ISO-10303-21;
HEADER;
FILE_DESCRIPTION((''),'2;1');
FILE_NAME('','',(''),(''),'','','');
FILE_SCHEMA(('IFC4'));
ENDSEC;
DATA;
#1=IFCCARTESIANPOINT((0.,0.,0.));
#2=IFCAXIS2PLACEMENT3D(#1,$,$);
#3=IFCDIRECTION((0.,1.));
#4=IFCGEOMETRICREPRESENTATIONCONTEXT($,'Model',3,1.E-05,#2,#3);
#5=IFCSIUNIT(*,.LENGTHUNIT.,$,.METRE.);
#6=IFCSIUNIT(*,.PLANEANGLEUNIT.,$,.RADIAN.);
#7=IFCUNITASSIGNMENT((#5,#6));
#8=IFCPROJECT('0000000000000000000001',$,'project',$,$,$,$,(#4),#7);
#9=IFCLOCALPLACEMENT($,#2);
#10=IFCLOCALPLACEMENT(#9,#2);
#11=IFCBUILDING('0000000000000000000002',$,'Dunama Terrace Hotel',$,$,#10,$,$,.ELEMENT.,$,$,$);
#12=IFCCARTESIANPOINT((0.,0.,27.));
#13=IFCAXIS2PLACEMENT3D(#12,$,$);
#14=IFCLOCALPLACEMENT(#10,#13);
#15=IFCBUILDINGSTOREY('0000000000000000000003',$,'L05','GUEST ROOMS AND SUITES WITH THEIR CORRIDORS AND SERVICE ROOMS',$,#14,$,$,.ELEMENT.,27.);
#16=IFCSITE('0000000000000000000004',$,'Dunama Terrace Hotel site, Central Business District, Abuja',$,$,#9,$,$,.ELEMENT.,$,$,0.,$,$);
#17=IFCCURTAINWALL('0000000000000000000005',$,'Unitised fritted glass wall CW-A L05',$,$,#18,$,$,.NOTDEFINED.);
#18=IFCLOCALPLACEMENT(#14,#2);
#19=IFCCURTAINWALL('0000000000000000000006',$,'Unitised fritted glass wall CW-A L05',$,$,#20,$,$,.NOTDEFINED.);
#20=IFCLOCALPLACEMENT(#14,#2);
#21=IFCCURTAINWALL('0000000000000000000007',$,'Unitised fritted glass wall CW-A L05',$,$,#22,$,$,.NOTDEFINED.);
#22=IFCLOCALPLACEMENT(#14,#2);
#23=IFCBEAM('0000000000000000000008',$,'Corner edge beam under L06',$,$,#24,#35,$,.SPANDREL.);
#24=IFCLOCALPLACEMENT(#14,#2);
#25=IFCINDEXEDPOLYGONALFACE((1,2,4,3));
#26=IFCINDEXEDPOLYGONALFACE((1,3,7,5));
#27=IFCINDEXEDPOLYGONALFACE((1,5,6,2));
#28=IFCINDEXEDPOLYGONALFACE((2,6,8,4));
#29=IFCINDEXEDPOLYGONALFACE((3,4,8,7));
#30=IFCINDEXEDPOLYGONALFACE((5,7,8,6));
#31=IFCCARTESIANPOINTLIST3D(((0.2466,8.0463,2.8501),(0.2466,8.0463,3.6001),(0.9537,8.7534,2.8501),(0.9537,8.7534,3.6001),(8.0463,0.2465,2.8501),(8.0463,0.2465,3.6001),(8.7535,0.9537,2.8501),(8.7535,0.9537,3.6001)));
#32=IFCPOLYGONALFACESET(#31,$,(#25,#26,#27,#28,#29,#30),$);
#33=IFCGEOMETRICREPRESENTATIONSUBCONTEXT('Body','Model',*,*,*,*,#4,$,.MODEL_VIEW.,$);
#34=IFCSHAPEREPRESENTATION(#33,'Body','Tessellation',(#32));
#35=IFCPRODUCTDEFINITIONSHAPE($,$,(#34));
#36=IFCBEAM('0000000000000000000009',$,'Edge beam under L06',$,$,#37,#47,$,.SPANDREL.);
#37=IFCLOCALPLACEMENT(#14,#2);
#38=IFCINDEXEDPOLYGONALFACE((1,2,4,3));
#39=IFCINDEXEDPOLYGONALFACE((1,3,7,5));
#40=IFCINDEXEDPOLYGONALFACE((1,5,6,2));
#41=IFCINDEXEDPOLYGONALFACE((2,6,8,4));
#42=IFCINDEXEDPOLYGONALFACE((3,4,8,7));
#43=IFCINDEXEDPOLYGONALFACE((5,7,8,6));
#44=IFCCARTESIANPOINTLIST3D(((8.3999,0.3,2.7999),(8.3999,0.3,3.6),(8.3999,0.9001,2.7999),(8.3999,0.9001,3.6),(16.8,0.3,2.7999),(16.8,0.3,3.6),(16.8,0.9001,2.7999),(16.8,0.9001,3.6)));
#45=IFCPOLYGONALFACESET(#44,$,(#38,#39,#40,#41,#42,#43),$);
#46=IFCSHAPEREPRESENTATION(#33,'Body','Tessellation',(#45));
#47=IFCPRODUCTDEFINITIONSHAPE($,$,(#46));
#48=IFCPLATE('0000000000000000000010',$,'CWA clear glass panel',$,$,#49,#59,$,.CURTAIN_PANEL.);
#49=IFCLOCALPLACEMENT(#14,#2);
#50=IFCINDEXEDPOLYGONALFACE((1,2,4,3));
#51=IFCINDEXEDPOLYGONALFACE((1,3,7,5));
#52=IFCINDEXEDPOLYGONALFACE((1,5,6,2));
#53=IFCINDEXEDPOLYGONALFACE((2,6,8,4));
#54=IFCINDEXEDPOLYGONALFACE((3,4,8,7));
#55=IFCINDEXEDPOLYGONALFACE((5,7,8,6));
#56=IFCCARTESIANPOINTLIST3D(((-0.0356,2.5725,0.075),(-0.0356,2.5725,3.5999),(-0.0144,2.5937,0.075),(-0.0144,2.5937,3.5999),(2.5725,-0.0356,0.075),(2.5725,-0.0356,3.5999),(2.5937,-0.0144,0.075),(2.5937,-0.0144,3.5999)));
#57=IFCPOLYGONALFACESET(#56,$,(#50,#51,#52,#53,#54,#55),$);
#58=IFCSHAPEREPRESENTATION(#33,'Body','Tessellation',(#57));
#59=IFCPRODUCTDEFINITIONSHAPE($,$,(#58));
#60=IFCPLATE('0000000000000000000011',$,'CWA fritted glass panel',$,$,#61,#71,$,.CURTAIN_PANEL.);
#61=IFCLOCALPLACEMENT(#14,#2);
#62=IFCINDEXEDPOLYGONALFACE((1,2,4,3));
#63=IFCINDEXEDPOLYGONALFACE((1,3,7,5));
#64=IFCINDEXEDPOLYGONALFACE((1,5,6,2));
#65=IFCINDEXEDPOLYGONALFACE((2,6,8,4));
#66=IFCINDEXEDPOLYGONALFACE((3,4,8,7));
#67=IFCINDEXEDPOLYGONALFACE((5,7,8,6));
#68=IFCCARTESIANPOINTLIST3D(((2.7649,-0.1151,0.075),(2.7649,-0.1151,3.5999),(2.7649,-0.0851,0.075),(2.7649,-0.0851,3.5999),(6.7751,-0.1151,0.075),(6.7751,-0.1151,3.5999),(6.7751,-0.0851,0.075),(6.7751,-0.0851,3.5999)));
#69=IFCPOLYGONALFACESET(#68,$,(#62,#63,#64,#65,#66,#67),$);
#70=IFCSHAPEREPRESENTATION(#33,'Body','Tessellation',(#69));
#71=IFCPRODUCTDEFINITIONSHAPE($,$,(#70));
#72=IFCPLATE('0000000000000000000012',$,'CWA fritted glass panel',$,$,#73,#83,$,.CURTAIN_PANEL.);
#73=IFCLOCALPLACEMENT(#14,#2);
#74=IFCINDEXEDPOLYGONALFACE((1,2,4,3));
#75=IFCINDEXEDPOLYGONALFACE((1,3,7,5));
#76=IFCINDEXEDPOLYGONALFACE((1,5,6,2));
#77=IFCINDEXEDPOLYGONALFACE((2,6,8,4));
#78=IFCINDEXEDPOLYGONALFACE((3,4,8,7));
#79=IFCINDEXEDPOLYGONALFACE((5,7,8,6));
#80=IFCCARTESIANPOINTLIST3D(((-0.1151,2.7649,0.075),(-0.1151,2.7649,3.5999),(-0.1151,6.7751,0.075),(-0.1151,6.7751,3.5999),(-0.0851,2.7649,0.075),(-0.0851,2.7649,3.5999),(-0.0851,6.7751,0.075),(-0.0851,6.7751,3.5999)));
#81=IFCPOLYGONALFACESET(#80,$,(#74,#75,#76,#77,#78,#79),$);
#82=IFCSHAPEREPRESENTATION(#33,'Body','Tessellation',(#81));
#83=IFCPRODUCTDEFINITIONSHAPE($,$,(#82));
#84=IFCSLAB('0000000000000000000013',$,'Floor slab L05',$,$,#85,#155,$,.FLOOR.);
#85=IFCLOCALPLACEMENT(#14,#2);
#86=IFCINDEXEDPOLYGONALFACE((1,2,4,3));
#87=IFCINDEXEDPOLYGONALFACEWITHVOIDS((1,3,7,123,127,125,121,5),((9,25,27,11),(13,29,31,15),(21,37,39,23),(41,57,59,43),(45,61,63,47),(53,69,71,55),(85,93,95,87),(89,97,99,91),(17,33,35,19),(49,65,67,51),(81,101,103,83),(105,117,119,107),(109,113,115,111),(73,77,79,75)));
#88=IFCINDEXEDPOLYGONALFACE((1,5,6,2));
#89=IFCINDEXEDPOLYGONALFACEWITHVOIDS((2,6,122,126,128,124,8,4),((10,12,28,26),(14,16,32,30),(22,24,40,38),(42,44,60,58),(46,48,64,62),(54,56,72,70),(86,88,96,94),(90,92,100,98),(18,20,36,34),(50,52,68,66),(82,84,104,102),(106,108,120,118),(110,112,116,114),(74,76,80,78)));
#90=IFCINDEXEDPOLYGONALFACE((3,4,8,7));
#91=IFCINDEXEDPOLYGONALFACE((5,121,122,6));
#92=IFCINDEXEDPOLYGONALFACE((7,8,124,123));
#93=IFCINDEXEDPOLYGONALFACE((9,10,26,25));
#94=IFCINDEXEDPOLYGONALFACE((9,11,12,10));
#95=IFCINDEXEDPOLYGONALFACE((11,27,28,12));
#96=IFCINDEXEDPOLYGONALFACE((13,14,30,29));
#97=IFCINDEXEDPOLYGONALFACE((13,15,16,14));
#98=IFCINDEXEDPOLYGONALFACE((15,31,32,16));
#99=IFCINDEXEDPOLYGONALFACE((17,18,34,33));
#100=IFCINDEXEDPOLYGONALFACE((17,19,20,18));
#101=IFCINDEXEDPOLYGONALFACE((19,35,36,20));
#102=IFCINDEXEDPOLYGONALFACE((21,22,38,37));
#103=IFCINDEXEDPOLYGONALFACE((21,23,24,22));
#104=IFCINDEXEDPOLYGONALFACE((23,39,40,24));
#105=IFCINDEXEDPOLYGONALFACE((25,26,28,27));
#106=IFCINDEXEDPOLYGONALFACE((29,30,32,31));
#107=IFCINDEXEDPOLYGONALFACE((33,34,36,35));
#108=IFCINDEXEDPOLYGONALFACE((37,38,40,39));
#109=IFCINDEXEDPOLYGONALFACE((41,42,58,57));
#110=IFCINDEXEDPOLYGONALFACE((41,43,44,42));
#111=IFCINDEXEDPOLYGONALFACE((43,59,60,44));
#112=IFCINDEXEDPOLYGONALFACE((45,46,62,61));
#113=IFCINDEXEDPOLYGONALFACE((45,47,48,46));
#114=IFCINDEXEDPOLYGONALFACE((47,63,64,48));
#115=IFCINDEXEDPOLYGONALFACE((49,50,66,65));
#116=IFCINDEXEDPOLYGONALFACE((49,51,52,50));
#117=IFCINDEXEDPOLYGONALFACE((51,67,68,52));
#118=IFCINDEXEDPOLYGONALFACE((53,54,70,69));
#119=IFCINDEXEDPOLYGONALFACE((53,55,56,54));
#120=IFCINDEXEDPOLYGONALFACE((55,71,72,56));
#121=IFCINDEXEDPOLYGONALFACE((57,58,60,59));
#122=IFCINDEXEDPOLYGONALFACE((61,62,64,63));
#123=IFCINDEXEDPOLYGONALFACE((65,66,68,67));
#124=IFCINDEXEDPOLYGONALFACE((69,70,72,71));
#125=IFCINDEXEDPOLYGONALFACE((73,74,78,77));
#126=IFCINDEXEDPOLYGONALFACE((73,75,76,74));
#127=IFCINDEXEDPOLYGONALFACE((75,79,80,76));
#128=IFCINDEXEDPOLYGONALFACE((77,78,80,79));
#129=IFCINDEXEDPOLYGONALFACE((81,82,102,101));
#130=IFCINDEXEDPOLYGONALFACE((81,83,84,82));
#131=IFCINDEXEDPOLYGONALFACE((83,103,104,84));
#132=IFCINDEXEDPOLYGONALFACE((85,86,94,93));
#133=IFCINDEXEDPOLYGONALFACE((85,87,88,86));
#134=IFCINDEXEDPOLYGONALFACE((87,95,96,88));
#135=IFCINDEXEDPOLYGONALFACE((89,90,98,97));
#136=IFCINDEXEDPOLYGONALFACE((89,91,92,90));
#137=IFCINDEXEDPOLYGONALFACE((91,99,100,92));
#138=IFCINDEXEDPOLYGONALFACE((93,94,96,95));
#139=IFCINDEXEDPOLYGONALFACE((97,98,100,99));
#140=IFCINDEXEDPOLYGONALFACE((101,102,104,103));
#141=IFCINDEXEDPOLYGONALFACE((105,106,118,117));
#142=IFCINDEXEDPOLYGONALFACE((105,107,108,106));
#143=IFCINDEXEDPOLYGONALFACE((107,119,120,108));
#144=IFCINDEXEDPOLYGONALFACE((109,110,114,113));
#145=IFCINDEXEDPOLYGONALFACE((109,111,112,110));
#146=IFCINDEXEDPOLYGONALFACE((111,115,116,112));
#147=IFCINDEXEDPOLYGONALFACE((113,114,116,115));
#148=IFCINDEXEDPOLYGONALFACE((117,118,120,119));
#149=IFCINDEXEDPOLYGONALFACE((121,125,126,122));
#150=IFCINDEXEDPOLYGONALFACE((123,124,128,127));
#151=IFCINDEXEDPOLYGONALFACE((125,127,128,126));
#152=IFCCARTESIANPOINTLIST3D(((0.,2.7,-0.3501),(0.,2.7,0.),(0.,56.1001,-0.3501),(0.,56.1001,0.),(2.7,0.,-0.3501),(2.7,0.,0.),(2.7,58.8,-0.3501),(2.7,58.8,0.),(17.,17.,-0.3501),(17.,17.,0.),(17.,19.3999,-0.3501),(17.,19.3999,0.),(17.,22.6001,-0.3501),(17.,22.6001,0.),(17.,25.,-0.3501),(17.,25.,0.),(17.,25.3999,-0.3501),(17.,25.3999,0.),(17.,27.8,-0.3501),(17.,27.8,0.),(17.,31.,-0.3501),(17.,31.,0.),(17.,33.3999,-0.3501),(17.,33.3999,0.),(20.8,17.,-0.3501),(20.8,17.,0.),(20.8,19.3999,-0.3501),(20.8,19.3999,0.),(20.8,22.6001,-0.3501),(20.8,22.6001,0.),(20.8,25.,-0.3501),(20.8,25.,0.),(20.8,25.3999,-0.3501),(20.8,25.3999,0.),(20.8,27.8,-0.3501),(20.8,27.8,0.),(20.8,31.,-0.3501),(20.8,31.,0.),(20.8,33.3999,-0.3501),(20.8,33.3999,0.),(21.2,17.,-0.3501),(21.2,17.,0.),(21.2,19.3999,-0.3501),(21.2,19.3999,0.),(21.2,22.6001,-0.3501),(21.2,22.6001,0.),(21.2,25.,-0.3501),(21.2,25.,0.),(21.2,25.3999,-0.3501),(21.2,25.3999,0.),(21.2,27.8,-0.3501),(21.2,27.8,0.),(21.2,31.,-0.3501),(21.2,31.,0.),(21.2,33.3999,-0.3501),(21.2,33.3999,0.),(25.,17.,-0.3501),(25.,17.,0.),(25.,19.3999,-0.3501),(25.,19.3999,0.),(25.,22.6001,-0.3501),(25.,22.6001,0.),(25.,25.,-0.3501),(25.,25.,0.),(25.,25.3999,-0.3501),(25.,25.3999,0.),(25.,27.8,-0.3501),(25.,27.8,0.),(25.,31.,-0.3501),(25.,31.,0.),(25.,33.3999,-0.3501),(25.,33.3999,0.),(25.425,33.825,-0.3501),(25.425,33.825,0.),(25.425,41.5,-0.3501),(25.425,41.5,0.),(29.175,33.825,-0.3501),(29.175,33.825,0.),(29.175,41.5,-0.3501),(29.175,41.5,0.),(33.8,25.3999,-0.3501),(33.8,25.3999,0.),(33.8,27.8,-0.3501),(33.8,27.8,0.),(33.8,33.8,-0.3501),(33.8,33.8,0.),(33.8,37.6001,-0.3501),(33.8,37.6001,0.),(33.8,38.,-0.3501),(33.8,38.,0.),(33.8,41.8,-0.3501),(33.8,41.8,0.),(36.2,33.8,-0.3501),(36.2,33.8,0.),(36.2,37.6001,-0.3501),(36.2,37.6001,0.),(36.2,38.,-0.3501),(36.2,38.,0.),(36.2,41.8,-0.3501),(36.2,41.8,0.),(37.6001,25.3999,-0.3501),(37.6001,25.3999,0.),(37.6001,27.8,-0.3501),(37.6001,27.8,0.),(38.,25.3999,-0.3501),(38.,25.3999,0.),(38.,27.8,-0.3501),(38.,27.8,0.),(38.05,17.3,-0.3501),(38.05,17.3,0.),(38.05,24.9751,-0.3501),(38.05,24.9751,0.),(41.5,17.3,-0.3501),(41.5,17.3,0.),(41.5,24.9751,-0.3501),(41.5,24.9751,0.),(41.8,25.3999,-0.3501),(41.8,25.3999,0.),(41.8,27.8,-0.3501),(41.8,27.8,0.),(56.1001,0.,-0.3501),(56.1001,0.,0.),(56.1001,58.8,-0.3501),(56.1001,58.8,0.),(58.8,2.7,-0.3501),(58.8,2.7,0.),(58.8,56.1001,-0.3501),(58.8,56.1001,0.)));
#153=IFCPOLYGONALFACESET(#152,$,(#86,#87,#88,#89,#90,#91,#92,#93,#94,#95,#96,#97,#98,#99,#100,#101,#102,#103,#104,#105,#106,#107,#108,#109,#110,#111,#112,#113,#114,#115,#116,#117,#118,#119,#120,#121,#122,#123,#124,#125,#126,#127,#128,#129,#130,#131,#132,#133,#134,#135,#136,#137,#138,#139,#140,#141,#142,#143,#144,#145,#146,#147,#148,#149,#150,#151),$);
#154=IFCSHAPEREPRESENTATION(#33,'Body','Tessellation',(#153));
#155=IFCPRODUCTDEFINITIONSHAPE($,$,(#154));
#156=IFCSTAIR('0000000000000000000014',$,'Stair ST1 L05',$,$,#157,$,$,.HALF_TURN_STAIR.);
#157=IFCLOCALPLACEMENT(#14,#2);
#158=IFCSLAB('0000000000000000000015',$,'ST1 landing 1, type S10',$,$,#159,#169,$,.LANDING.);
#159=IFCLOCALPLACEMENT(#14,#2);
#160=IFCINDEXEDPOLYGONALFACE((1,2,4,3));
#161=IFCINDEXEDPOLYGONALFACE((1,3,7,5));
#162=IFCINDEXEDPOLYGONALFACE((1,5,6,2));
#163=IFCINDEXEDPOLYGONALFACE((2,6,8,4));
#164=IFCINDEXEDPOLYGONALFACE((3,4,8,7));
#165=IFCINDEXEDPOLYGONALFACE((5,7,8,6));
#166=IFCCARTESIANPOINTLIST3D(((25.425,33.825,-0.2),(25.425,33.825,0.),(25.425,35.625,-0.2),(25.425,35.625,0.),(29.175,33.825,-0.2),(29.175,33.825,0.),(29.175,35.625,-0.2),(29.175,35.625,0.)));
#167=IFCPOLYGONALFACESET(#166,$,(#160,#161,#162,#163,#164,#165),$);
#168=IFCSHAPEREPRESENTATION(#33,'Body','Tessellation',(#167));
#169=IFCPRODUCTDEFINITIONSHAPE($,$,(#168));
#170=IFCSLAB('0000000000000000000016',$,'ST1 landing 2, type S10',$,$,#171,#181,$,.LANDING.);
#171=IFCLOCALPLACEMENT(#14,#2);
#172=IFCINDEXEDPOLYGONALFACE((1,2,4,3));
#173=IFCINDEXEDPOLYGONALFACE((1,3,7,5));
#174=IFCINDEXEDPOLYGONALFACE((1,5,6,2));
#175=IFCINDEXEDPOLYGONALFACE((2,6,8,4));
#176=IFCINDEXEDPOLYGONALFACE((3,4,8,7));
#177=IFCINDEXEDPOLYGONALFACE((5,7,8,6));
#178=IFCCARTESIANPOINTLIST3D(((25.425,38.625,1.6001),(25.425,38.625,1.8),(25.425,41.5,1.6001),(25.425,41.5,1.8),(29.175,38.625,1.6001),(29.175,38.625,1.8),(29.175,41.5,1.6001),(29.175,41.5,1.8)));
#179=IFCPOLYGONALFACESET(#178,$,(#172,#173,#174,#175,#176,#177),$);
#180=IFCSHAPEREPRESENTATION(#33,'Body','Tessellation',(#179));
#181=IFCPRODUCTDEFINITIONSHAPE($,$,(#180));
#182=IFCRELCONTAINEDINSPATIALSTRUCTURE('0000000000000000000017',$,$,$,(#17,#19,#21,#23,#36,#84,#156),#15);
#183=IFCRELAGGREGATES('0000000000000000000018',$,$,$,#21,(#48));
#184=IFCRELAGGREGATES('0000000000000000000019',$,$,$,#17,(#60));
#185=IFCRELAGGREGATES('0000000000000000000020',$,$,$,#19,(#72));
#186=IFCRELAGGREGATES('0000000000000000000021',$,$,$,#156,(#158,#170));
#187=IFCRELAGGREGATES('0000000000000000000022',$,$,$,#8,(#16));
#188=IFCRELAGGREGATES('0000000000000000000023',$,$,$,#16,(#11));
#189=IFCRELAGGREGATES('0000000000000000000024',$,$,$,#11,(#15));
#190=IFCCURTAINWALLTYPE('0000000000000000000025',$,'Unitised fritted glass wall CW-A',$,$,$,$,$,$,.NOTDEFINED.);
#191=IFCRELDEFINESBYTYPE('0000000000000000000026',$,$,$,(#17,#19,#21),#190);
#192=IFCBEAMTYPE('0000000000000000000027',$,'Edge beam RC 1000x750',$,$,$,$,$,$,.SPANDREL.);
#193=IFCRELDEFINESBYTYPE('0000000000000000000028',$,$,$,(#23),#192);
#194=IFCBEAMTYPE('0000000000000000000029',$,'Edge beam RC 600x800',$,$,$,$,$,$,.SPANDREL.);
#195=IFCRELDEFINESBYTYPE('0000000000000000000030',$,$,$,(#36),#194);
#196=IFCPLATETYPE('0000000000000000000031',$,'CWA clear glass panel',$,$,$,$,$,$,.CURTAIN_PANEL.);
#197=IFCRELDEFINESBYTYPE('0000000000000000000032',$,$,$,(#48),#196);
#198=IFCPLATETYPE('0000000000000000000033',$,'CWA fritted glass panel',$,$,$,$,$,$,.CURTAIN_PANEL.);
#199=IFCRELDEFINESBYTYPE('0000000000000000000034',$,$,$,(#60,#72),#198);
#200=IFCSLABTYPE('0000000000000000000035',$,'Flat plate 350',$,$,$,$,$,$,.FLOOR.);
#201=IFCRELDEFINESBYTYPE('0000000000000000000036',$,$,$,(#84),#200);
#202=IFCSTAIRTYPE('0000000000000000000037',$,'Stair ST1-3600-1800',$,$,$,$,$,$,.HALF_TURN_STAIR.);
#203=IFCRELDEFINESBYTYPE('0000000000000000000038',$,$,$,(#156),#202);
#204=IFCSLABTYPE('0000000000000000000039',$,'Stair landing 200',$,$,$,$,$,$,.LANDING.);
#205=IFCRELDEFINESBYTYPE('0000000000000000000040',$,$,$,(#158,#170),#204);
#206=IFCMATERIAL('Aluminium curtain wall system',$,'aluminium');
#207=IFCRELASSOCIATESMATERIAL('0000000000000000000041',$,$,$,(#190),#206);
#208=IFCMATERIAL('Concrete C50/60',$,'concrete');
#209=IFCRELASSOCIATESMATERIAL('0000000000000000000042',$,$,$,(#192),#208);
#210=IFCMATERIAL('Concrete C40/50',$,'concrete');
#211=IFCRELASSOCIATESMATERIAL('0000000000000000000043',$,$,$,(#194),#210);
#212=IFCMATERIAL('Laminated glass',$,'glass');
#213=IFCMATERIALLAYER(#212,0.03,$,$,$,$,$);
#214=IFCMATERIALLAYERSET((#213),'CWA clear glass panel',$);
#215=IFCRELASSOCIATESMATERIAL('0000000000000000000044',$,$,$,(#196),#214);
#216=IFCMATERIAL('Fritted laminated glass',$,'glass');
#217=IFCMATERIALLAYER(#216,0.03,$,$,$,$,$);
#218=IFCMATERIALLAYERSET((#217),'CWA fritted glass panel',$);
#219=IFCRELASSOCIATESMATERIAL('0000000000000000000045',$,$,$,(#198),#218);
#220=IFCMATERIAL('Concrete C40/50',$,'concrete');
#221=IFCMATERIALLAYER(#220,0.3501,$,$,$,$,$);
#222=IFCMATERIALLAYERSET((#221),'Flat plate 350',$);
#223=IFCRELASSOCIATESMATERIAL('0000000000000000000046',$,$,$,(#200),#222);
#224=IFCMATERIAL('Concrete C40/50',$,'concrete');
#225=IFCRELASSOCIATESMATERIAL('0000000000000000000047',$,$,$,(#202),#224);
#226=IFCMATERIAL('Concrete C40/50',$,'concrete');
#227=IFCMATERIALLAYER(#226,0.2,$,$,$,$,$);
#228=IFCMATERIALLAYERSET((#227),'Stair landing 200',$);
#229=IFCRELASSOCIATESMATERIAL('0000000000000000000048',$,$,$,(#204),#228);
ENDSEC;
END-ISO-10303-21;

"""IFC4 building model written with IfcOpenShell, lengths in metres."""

from ifc_helpers import new_model, si_unit, direction, frame, origin, origin_2d, place, context, subcontext, project, spatial, polyline, rectangle, outline, extrude, material, layer, layer_set, material_profile, profile_set, type_object, element, aggregate, save


model = new_model("IFC4")

# Units and contexts
model_context = context("Model", 3, precision=1e-05, world=origin(), true_north=direction((0.0, 1.0)))
body_context = subcontext(model_context, "Body", "Model", "MODEL_VIEW")
ifc_project = project(units=[si_unit("LENGTHUNIT", "METRE"), si_unit("PLANEANGLEUNIT", "RADIAN")], contexts=[model_context])

# Site, building, storey
site_placement = place(None, origin())
site = spatial("IfcSite", under=ifc_project, at=site_placement, Name="Dunama Terrace Hotel site, Central Business District, Abuja", CompositionType="ELEMENT", RefElevation=0.0)
building_placement = place(site_placement, origin())
building = spatial("IfcBuilding", under=site, at=building_placement, Name="Dunama Terrace Hotel", CompositionType="ELEMENT")
storey_placement = place(building_placement, frame((0.0, 0.0, 27.0)))
storey = spatial("IfcBuildingStorey", under=building, at=storey_placement, Name="L05", Description="GUEST ROOMS AND SUITES WITH THEIR CORRIDORS AND SERVICE ROOMS", CompositionType="ELEMENT", Elevation=27.0)

# Curtain walls
ifc_material_1 = material(Name="Aluminium curtain wall system", Category="aluminium")
curtain_wall_type = type_object("IfcCurtainWallType", Name="Unitised fritted glass wall CW-A", PredefinedType="NOTDEFINED", material=ifc_material_1)
curtain_wall_1_placement = place(storey_placement, origin())
curtain_wall_1 = element("IfcCurtainWall", 1, at=curtain_wall_1_placement, inside=storey, type_object=curtain_wall_type, Name="Unitised fritted glass wall CW-A L05", PredefinedType="NOTDEFINED")
curtain_wall_2_placement = place(storey_placement, origin())
curtain_wall_2 = element("IfcCurtainWall", 2, at=curtain_wall_2_placement, inside=storey, type_object=curtain_wall_type, Name="Unitised fritted glass wall CW-A L05", PredefinedType="NOTDEFINED")
curtain_wall_3_placement = place(storey_placement, origin())
curtain_wall_3 = element("IfcCurtainWall", 3, at=curtain_wall_3_placement, inside=storey, type_object=curtain_wall_type, Name="Unitised fritted glass wall CW-A L05", PredefinedType="NOTDEFINED")

# Beams
ifc_material_2 = material(Name="Concrete C50/60", Category="concrete")
ifc_material_profile_1 = material_profile(ifc_material_2, rectangle(XDim=1.0, YDim=0.75, at=origin_2d()), Name="RC 1000x750")
ifc_profile_set_1 = profile_set([ifc_material_profile_1], Name="Concrete C50/60")
beam_type_1 = type_object("IfcBeamType", Name="Edge beam RC 1000x750", PredefinedType="SPANDREL", material=ifc_profile_set_1)
beam_1_placement = place(storey_placement, frame((8.3999, 0.6001, 3.2251), z_axis=(-0.707107, 0.707107, 0.0), x_axis=(-0.707107, -0.707107, 0.0)))
element("IfcBeam", 4, at=beam_1_placement, inside=storey, type_object=beam_type_1, Name="Corner edge beam under L06", PredefinedType="SPANDREL", context=body_context, shape_type="SweptSolid", body=[
    extrude(rectangle(XDim=1.0, YDim=0.75, at=origin_2d()), origin(), (0.0, 0.0, 1.0), 11.0305),
])
ifc_material_3 = material(Name="Concrete C40/50", Category="concrete")
ifc_material_profile_2 = material_profile(ifc_material_3, rectangle(XDim=0.6001, YDim=0.8, at=origin_2d()), Name="RC 600x800")
ifc_profile_set_2 = profile_set([ifc_material_profile_2], Name="Concrete C40/50")
beam_type_2 = type_object("IfcBeamType", Name="Edge beam RC 600x800", PredefinedType="SPANDREL", material=ifc_profile_set_2)
beam_2_placement = place(storey_placement, frame((8.3999, 0.6001, 3.2), z_axis=(1.0, 0.0, 0.0), x_axis=(0.0, 1.0, 0.0)))
element("IfcBeam", 5, at=beam_2_placement, inside=storey, type_object=beam_type_2, Name="Edge beam under L06", PredefinedType="SPANDREL", context=body_context, shape_type="SweptSolid", body=[
    extrude(rectangle(XDim=0.6001, YDim=0.8, at=origin_2d()), origin(), (0.0, 0.0, 1.0), 8.4001),
])

# Plates
ifc_material_4 = material(Name="Laminated glass", Category="glass")
ifc_layer_1 = layer(ifc_material_4, 0.03)
ifc_layer_set_1 = layer_set([ifc_layer_1], Name="CWA clear glass panel")
plate_type_1 = type_object("IfcPlateType", Name="CWA clear glass panel", PredefinedType="CURTAIN_PANEL", material=ifc_layer_set_1)
plate_1_placement = place(storey_placement, frame((1.2791, 1.2791, 0.075), z_axis=(0.0, 0.0, 1.0), x_axis=(0.707107, -0.707107, 0.0)))
plate_1 = element("IfcPlate", 6, at=plate_1_placement, type_object=plate_type_1, Name="CWA clear glass panel", PredefinedType="CURTAIN_PANEL", context=body_context, shape_type="SweptSolid", body=[
    extrude(rectangle(XDim=3.6885, YDim=0.03, at=origin_2d()), origin(), (0.0, 0.0, 1.0), 3.5249),
])
aggregate(curtain_wall_3, [plate_1])
ifc_material_5 = material(Name="Fritted laminated glass", Category="glass")
ifc_layer_2 = layer(ifc_material_5, 0.03)
ifc_layer_set_2 = layer_set([ifc_layer_2], Name="CWA fritted glass panel")
plate_type_2 = type_object("IfcPlateType", Name="CWA fritted glass panel", PredefinedType="CURTAIN_PANEL", material=ifc_layer_set_2)
plate_2_placement = place(storey_placement, frame((4.77, -0.1001, 0.075), z_axis=(0.0, 0.0, 1.0), x_axis=(1.0, 0.0, 0.0)))
plate_2 = element("IfcPlate", 7, at=plate_2_placement, type_object=plate_type_2, Name="CWA fritted glass panel", PredefinedType="CURTAIN_PANEL", context=body_context, shape_type="SweptSolid", body=[
    extrude(rectangle(XDim=4.0103, YDim=0.03, at=origin_2d()), origin(), (0.0, 0.0, 1.0), 3.5249),
])
aggregate(curtain_wall_1, [plate_2])
plate_3_placement = place(storey_placement, frame((-0.1001, 4.77, 0.075), z_axis=(0.0, 0.0, 1.0), x_axis=(0.0, -1.0, 0.0)))
plate_3 = element("IfcPlate", 8, at=plate_3_placement, type_object=plate_type_2, Name="CWA fritted glass panel", PredefinedType="CURTAIN_PANEL", context=body_context, shape_type="SweptSolid", body=[
    extrude(rectangle(XDim=4.0103, YDim=0.03, at=origin_2d()), origin(), (0.0, 0.0, 1.0), 3.5249),
])
aggregate(curtain_wall_2, [plate_3])

# Slab
ifc_material_6 = material(Name="Concrete C40/50", Category="concrete")
ifc_layer_3 = layer(ifc_material_6, 0.3501)
ifc_layer_set_3 = layer_set([ifc_layer_3], Name="Flat plate 350")
slab_type_1 = type_object("IfcSlabType", Name="Flat plate 350", PredefinedType="FLOOR", material=ifc_layer_set_3)
slab_1_placement = place(storey_placement, frame((0.0, 0.0, -0.3501)))
element("IfcSlab", 9, at=slab_1_placement, inside=storey, type_object=slab_type_1, Name="Floor slab L05", PredefinedType="FLOOR", context=body_context, shape_type="SweptSolid", body=[
    extrude(outline(polyline([(2.7, 0.0), (56.1001, 0.0), (58.8, 2.7), (58.8, 56.1001), (56.1001, 58.8), (2.7, 58.8), (0.0, 56.1001), (0.0, 2.7), (2.7, 0.0)]), holes=[polyline([(20.8, 25.3999), (20.8, 27.8), (17.0, 27.8), (17.0, 25.3999), (20.8, 25.3999)]), polyline([(25.0, 25.3999), (25.0, 27.8), (21.2, 27.8), (21.2, 25.3999), (25.0, 25.3999)]), polyline([(20.8, 31.0), (20.8, 33.3999), (17.0, 33.3999), (17.0, 31.0), (20.8, 31.0)]), polyline([(25.0, 31.0), (25.0, 33.3999), (21.2, 33.3999), (21.2, 31.0), (25.0, 31.0)]), polyline([(37.6001, 25.3999), (37.6001, 27.8), (33.8, 27.8), (33.8, 25.3999), (37.6001, 25.3999)]), polyline([(41.8, 25.3999), (41.8, 27.8), (38.0, 27.8), (38.0, 25.3999), (41.8, 25.3999)]), polyline([(20.8, 17.0), (20.8, 19.3999), (17.0, 19.3999), (17.0, 17.0), (20.8, 17.0)]), polyline([(25.0, 17.0), (25.0, 19.3999), (21.2, 19.3999), (21.2, 17.0), (25.0, 17.0)]), polyline([(20.8, 22.6001), (20.8, 25.0), (17.0, 25.0), (17.0, 22.6001), (20.8, 22.6001)]), polyline([(25.0, 22.6001), (25.0, 25.0), (21.2, 25.0), (21.2, 22.6001), (25.0, 22.6001)]), polyline([(36.2, 38.0), (36.2, 41.8), (33.8, 41.8), (33.8, 38.0), (36.2, 38.0)]), polyline([(36.2, 33.8), (36.2, 37.6001), (33.8, 37.6001), (33.8, 33.8), (36.2, 33.8)]), polyline([(29.175, 33.825), (29.175, 41.5), (25.425, 41.5), (25.425, 33.825), (29.175, 33.825)]), polyline([(41.5, 17.3), (41.5, 24.9751), (38.05, 24.9751), (38.05, 17.3), (41.5, 17.3)])]), origin(), (0.0, 0.0, 1.0), 0.3501),
])

# Stair, slabs
ifc_material_7 = material(Name="Concrete C40/50", Category="concrete")
stair_type_1 = type_object("IfcStairType", Name="Stair ST1-3600-1800", PredefinedType="HALF_TURN_STAIR", material=ifc_material_7)
stair_1_placement = place(storey_placement, origin())
stair_1 = element("IfcStair", 10, at=stair_1_placement, inside=storey, type_object=stair_type_1, Name="Stair ST1 L05", PredefinedType="HALF_TURN_STAIR")
ifc_material_8 = material(Name="Concrete C40/50", Category="concrete")
ifc_layer_4 = layer(ifc_material_8, 0.2)
ifc_layer_set_4 = layer_set([ifc_layer_4], Name="Stair landing 200")
slab_type_2 = type_object("IfcSlabType", Name="Stair landing 200", PredefinedType="LANDING", material=ifc_layer_set_4)
slab_2_placement = place(storey_placement, frame((0.0, 0.0, -0.2)))
slab_2 = element("IfcSlab", 11, at=slab_2_placement, type_object=slab_type_2, Name="ST1 landing 1, type S10", PredefinedType="LANDING", context=body_context, shape_type="SweptSolid", body=[
    extrude(outline(polyline([(25.425, 33.825), (29.175, 33.825), (29.175, 35.625), (25.425, 35.625), (25.425, 33.825)])), origin(), (0.0, 0.0, 1.0), 0.2),
])
slab_3_placement = place(storey_placement, frame((0.0, 0.0, 1.6001)))
slab_3 = element("IfcSlab", 12, at=slab_3_placement, type_object=slab_type_2, Name="ST1 landing 2, type S10", PredefinedType="LANDING", context=body_context, shape_type="SweptSolid", body=[
    extrude(outline(polyline([(25.425, 38.625), (29.175, 38.625), (29.175, 41.5), (25.425, 41.5), (25.425, 38.625)])), origin(), (0.0, 0.0, 1.0), 0.2),
])
aggregate(stair_1, [slab_2, slab_3])

save(model, "model.ifc")
